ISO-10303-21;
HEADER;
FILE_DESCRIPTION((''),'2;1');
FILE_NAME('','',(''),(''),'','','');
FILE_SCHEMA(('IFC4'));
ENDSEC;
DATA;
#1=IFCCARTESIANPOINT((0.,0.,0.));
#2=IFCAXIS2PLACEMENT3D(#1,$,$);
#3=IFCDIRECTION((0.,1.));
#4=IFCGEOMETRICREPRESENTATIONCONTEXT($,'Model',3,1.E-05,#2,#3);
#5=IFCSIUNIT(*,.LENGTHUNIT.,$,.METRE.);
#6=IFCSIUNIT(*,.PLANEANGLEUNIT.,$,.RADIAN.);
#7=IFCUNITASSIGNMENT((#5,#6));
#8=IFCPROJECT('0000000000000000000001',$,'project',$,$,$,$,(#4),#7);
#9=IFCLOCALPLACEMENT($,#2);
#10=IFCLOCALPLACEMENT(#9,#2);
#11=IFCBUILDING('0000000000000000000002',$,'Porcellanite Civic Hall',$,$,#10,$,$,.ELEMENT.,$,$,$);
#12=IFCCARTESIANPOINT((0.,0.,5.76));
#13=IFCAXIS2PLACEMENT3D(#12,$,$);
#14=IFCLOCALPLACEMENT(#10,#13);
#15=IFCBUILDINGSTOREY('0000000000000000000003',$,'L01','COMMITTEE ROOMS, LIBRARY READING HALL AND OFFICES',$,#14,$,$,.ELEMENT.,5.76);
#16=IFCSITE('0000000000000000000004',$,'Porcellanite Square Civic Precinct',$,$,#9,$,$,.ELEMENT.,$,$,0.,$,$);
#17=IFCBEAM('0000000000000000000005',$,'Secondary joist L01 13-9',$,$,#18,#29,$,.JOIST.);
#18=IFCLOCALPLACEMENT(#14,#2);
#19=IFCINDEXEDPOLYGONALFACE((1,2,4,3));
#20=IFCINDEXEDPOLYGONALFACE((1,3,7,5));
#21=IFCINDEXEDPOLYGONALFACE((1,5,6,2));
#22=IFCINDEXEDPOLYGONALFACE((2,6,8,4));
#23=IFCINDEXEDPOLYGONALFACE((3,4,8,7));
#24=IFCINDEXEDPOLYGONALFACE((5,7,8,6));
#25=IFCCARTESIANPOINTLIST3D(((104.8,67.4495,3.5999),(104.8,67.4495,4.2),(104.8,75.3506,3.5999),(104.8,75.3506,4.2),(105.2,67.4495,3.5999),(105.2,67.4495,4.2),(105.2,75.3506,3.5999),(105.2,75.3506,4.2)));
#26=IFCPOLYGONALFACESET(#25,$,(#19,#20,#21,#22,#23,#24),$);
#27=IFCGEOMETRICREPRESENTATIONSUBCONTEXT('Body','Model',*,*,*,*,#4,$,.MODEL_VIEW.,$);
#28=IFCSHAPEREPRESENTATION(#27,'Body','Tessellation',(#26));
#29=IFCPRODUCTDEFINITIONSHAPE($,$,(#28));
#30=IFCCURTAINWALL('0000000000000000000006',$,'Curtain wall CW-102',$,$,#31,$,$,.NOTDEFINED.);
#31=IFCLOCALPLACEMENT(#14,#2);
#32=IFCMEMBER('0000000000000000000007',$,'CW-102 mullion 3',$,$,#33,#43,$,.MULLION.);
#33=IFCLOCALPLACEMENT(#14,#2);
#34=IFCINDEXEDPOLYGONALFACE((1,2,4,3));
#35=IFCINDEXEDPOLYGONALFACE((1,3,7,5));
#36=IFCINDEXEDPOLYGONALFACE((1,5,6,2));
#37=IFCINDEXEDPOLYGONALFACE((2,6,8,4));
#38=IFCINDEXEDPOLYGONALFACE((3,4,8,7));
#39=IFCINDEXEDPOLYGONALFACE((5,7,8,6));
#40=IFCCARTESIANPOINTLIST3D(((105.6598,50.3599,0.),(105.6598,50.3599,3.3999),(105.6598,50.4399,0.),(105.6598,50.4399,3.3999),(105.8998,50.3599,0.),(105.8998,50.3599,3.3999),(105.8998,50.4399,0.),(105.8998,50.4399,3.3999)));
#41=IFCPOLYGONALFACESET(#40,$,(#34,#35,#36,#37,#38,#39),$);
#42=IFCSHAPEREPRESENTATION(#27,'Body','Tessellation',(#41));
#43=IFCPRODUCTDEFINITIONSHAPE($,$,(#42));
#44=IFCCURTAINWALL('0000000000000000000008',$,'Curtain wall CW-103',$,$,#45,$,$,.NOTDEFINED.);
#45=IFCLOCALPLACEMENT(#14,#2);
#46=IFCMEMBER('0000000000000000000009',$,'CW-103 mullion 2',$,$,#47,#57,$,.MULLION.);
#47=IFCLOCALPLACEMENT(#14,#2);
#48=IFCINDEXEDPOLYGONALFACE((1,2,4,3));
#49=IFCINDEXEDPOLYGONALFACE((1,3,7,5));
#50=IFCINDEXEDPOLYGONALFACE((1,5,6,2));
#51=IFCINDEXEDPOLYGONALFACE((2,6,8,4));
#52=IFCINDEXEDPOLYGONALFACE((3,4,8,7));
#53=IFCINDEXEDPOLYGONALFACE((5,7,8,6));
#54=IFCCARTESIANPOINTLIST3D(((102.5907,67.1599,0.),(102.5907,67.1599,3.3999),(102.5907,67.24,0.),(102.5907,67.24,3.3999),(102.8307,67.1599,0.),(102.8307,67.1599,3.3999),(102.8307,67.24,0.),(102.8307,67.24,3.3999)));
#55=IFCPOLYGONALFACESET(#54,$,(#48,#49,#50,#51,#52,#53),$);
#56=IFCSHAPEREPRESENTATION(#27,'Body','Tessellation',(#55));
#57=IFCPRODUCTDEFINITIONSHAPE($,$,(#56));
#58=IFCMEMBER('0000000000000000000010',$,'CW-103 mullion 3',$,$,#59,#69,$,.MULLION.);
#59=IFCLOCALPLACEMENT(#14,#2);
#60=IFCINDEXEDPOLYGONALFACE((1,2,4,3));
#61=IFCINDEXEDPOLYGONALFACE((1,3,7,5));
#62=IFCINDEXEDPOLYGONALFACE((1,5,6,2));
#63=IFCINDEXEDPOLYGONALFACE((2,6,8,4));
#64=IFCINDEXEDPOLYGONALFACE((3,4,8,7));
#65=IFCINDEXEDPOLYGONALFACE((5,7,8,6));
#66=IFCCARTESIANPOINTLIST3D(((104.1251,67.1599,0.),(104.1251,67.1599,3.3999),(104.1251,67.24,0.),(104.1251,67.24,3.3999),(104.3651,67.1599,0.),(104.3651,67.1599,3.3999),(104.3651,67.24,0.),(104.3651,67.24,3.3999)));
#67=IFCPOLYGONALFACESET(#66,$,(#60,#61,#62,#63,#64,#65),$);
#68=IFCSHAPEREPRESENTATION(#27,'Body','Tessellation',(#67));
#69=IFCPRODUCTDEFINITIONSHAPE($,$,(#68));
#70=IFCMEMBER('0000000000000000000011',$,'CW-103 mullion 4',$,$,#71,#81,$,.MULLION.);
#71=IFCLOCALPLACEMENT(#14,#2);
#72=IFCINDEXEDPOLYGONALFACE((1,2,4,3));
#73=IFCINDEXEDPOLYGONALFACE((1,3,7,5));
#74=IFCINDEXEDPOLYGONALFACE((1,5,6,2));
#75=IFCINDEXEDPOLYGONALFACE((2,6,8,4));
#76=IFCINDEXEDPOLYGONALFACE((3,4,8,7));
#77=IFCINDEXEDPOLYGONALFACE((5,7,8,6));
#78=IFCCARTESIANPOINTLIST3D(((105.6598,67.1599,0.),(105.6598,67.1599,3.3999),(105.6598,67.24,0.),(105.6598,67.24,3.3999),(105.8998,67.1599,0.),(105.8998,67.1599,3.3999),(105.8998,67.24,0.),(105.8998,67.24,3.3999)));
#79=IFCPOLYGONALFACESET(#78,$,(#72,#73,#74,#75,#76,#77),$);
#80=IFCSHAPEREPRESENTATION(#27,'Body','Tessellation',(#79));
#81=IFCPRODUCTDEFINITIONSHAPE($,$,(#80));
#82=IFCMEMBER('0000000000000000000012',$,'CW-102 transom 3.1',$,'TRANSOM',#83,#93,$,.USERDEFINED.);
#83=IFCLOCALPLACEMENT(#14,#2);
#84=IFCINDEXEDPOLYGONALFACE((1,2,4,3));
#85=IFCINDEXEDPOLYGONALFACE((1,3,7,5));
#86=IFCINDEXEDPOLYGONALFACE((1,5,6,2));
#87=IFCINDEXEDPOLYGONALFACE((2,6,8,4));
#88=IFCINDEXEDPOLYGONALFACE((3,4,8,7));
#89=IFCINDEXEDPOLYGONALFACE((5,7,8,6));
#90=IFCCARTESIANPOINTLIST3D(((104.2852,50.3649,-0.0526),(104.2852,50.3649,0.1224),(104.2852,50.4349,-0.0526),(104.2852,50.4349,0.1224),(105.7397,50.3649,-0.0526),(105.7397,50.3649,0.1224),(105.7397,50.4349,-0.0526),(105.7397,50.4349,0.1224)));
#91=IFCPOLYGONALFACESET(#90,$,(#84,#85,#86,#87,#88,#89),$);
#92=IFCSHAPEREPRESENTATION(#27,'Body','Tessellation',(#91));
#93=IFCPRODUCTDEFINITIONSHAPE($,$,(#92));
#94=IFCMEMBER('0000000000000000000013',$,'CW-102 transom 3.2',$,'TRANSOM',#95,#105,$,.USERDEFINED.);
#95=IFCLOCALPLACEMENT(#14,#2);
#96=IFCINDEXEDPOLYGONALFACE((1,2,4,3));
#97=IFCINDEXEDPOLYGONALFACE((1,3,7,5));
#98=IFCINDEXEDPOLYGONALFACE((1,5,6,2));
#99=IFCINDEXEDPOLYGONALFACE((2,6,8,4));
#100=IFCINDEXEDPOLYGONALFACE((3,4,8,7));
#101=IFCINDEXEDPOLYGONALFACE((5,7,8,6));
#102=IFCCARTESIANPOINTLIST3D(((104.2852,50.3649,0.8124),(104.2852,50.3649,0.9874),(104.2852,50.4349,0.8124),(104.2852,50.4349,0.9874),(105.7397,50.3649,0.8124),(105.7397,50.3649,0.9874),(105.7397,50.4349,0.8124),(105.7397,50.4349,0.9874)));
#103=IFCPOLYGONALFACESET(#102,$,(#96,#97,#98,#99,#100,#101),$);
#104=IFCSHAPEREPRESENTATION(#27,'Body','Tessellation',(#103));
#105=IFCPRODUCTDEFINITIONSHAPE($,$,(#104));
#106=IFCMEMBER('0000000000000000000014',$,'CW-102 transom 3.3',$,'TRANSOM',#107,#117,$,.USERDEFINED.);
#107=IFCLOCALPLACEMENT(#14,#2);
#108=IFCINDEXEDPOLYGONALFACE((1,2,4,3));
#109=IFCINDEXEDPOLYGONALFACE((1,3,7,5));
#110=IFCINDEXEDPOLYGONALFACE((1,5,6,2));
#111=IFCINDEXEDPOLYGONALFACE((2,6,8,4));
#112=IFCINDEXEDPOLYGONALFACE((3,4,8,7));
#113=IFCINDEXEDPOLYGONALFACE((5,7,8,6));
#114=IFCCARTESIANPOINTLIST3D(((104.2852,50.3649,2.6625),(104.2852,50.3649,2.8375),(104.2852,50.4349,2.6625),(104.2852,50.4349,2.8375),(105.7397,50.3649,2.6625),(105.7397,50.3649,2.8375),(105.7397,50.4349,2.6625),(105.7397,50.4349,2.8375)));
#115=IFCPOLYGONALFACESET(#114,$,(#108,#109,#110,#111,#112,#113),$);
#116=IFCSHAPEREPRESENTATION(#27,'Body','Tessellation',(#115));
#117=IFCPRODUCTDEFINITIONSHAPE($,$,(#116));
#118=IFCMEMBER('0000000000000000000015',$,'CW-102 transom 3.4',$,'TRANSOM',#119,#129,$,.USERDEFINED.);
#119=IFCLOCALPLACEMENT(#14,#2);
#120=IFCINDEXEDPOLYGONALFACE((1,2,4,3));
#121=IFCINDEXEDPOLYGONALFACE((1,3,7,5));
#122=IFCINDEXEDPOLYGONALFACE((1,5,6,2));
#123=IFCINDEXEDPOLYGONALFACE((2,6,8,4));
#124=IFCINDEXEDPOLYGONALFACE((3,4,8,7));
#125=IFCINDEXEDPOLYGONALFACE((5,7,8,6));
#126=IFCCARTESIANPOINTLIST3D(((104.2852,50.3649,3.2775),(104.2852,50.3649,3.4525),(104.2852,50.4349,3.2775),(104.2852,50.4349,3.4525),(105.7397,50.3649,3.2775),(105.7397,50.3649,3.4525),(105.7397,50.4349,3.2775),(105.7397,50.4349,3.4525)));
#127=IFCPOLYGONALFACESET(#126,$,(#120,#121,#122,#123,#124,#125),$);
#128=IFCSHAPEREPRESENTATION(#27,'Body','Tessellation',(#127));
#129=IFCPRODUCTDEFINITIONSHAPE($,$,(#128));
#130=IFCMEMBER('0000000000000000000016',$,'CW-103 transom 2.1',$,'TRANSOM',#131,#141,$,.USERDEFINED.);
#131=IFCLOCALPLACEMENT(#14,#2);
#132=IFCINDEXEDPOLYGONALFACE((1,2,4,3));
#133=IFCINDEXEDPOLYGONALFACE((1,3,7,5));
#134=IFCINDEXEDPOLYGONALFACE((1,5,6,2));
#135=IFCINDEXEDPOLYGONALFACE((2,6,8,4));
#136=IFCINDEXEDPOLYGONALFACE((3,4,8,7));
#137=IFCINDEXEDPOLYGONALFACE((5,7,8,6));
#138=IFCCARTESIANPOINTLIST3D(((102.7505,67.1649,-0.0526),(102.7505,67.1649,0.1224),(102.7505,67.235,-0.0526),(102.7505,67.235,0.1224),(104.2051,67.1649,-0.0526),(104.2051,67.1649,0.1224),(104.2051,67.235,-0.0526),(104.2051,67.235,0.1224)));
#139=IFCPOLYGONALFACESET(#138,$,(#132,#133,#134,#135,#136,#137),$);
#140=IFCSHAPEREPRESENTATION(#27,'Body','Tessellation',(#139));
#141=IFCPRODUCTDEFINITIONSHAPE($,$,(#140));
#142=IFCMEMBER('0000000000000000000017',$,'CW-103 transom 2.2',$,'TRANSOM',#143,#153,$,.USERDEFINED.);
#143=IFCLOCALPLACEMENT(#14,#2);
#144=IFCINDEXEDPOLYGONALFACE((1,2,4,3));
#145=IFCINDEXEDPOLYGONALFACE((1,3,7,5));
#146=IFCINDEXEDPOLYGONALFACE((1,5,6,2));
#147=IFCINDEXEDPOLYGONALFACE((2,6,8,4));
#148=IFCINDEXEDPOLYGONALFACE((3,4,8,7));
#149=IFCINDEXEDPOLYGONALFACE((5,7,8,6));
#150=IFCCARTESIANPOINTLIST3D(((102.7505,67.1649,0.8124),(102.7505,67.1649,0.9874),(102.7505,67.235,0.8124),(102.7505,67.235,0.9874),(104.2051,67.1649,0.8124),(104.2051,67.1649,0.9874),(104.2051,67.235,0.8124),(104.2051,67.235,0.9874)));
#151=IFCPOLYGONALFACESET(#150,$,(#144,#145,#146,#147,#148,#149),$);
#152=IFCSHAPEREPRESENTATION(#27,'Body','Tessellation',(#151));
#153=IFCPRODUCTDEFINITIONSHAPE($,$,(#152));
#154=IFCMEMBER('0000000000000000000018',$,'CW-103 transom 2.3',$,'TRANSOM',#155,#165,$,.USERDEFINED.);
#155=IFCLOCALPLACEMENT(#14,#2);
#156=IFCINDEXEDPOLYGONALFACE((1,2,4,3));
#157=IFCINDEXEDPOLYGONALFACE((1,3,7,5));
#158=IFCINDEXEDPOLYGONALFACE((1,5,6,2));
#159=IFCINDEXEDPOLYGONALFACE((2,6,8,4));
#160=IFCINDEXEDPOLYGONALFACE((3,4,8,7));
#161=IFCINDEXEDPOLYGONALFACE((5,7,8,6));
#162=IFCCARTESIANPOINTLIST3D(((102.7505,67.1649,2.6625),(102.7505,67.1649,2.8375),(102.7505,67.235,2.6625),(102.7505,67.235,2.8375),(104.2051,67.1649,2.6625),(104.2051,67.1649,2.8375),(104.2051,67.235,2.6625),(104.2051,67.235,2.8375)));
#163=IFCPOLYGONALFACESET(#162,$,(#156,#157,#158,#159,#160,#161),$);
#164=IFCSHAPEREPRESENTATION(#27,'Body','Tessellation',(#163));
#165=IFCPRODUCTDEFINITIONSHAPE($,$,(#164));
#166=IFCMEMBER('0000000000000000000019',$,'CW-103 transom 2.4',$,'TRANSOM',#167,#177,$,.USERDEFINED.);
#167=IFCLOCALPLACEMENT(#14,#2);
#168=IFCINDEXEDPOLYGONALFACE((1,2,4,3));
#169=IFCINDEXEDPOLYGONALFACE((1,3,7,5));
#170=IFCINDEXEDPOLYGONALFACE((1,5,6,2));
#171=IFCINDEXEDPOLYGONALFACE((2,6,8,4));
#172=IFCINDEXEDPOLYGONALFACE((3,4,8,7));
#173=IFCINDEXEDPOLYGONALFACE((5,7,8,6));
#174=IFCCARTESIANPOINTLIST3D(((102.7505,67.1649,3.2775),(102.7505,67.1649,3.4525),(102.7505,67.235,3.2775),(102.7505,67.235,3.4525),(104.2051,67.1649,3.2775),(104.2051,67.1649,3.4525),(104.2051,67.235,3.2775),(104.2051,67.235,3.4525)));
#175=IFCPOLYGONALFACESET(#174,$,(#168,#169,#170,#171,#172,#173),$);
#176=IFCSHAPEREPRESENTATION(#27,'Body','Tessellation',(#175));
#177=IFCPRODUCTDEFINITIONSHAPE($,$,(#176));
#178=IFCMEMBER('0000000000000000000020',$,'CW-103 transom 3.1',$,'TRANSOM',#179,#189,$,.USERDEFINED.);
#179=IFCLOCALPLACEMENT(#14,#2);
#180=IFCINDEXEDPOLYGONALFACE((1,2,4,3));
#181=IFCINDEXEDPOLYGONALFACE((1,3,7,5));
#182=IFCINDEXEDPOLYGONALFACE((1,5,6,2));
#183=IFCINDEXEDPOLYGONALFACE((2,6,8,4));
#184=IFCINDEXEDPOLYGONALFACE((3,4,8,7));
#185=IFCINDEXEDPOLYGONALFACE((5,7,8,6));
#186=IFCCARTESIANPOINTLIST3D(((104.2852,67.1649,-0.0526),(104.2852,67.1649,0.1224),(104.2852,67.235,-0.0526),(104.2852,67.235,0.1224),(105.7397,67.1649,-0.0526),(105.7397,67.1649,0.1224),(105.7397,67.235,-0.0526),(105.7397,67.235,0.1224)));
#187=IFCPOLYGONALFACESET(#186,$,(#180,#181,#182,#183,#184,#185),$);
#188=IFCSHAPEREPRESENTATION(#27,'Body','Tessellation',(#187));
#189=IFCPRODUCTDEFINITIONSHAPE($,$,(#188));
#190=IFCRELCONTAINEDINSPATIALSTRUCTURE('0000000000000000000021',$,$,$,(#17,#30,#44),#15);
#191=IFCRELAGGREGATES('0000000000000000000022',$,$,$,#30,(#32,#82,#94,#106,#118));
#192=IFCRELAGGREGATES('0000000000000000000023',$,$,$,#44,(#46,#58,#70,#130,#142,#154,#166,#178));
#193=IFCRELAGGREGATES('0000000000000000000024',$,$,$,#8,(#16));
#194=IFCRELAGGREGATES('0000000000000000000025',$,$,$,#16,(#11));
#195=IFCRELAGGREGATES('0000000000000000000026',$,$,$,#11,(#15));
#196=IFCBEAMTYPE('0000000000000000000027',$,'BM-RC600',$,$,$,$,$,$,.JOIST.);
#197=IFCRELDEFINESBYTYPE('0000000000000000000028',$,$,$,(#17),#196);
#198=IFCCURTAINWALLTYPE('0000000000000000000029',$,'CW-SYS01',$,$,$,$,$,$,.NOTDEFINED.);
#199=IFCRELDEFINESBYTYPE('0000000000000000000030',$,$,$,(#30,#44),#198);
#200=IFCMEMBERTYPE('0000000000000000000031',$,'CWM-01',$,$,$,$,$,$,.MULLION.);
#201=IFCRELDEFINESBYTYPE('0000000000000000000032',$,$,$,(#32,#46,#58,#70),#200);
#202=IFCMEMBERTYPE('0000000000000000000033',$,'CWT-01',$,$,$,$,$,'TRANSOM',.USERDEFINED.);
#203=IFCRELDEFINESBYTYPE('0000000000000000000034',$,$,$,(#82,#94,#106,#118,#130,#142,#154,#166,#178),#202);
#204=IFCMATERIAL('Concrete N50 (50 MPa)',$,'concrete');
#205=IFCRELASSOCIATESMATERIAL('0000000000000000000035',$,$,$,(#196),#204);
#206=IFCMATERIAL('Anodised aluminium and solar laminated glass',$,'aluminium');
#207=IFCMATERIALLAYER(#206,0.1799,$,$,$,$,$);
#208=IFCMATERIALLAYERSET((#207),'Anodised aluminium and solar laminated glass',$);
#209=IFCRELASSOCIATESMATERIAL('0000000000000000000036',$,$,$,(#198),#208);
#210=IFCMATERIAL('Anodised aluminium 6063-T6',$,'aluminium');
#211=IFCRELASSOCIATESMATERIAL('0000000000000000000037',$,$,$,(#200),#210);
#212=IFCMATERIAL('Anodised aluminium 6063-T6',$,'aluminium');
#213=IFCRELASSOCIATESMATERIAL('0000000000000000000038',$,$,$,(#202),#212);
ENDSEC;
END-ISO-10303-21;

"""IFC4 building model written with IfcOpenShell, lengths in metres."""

from ifc_helpers import new_model, si_unit, direction, frame, origin, origin_2d, place, context, subcontext, project, spatial, rectangle, extrude, material, layer, layer_set, material_profile, profile_set, type_object, element, aggregate, save


model = new_model("IFC4")

# Units and contexts
model_context = context("Model", 3, precision=1e-05, world=origin(), true_north=direction((0.0, 1.0)))
body_context = subcontext(model_context, "Body", "Model", "MODEL_VIEW")
ifc_project = project(units=[si_unit("LENGTHUNIT", "METRE"), si_unit("PLANEANGLEUNIT", "RADIAN")], contexts=[model_context])

# Site, building, storey
site_placement = place(None, origin())
site = spatial("IfcSite", under=ifc_project, at=site_placement, Name="Porcellanite Square Civic Precinct", CompositionType="ELEMENT", RefElevation=0.0)
building_placement = place(site_placement, origin())
building = spatial("IfcBuilding", under=site, at=building_placement, Name="Porcellanite Civic Hall", CompositionType="ELEMENT")
storey_placement = place(building_placement, frame((0.0, 0.0, 5.76)))
storey = spatial("IfcBuildingStorey", under=building, at=storey_placement, Name="L01", Description="COMMITTEE ROOMS, LIBRARY READING HALL AND OFFICES", CompositionType="ELEMENT", Elevation=5.76)

# Beam
ifc_material_1 = material(Name="Concrete N50 (50 MPa)", Category="concrete")
ifc_material_profile_1 = material_profile(ifc_material_1, rectangle(XDim=0.3999, YDim=0.6001, at=origin_2d()), Name="RC-400x600")
ifc_profile_set_1 = profile_set([ifc_material_profile_1], Name="Concrete N50 (50 MPa)")
beam_type_1 = type_object("IfcBeamType", Name="BM-RC600", PredefinedType="JOIST", material=ifc_profile_set_1)
beam_1_placement = place(storey_placement, frame((105.0, 67.4495, 3.8999), z_axis=(0.0, 1.0, 0.0), x_axis=(-1.0, 0.0, 0.0)))
element("IfcBeam", 1, at=beam_1_placement, inside=storey, type_object=beam_type_1, Name="Secondary joist L01 13-9", PredefinedType="JOIST", context=body_context, shape_type="SweptSolid", body=[
    extrude(rectangle(XDim=0.3999, YDim=0.6001, at=origin_2d()), origin(), (0.0, 0.0, 1.0), 7.9011),
])

# Curtain wall, member
ifc_material_2 = material(Name="Anodised aluminium and solar laminated glass", Category="aluminium")
ifc_layer_1 = layer(ifc_material_2, 0.1799)
ifc_layer_set_1 = layer_set([ifc_layer_1], Name="Anodised aluminium and solar laminated glass")
curtain_wall_type = type_object("IfcCurtainWallType", Name="CW-SYS01", PredefinedType="NOTDEFINED", material=ifc_layer_set_1)
curtain_wall_1_placement = place(storey_placement, origin())
curtain_wall_1 = element("IfcCurtainWall", 2, at=curtain_wall_1_placement, inside=storey, type_object=curtain_wall_type, Name="Curtain wall CW-102", PredefinedType="NOTDEFINED")
ifc_material_3 = material(Name="Anodised aluminium 6063-T6", Category="aluminium")
ifc_material_profile_2 = material_profile(ifc_material_3, rectangle(XDim=0.0801, YDim=0.24, at=origin_2d()), Name="AL-80x240")
ifc_profile_set_2 = profile_set([ifc_material_profile_2], Name="Anodised aluminium 6063-T6")
member_type_1 = type_object("IfcMemberType", Name="CWM-01", PredefinedType="MULLION", material=ifc_profile_set_2)
member_1_placement = place(storey_placement, frame((105.7798, 50.3999, 0.0), z_axis=(0.0, 0.0, 1.0), x_axis=(0.0, -1.0, 0.0)))
member_1 = element("IfcMember", 3, at=member_1_placement, type_object=member_type_1, Name="CW-102 mullion 3", PredefinedType="MULLION", context=body_context, shape_type="SweptSolid", body=[
    extrude(rectangle(XDim=0.0801, YDim=0.24, at=origin_2d()), origin(), (0.0, 0.0, 1.0), 3.3999),
])

# Curtain wall, members
curtain_wall_2_placement = place(storey_placement, origin())
curtain_wall_2 = element("IfcCurtainWall", 4, at=curtain_wall_2_placement, inside=storey, type_object=curtain_wall_type, Name="Curtain wall CW-103", PredefinedType="NOTDEFINED")
member_2_placement = place(storey_placement, frame((102.7107, 67.2, 0.0), z_axis=(0.0, 0.0, 1.0), x_axis=(0.0, 1.0, 0.0)))
member_2 = element("IfcMember", 5, at=member_2_placement, type_object=member_type_1, Name="CW-103 mullion 2", PredefinedType="MULLION", context=body_context, shape_type="SweptSolid", body=[
    extrude(rectangle(XDim=0.0801, YDim=0.24, at=origin_2d()), origin(), (0.0, 0.0, 1.0), 3.3999),
])
member_3_placement = place(storey_placement, frame((104.2451, 67.2, 0.0), z_axis=(0.0, 0.0, 1.0), x_axis=(0.0, 1.0, 0.0)))
member_3 = element("IfcMember", 6, at=member_3_placement, type_object=member_type_1, Name="CW-103 mullion 3", PredefinedType="MULLION", context=body_context, shape_type="SweptSolid", body=[
    extrude(rectangle(XDim=0.0801, YDim=0.24, at=origin_2d()), origin(), (0.0, 0.0, 1.0), 3.3999),
])
member_4_placement = place(storey_placement, frame((105.7798, 67.2, 0.0), z_axis=(0.0, 0.0, 1.0), x_axis=(0.0, 1.0, 0.0)))
member_4 = element("IfcMember", 7, at=member_4_placement, type_object=member_type_1, Name="CW-103 mullion 4", PredefinedType="MULLION", context=body_context, shape_type="SweptSolid", body=[
    extrude(rectangle(XDim=0.0801, YDim=0.24, at=origin_2d()), origin(), (0.0, 0.0, 1.0), 3.3999),
])

# Members
ifc_material_4 = material(Name="Anodised aluminium 6063-T6", Category="aluminium")
ifc_material_profile_3 = material_profile(ifc_material_4, rectangle(XDim=0.0701, YDim=0.175, at=origin_2d()), Name="AL-70x175")
ifc_profile_set_3 = profile_set([ifc_material_profile_3], Name="Anodised aluminium 6063-T6")
member_type_2 = type_object("IfcMemberType", Name="CWT-01", ElementType="TRANSOM", PredefinedType="USERDEFINED", material=ifc_profile_set_3)
member_5_placement = place(storey_placement, frame((105.7397, 50.3999, 0.0349), z_axis=(-1.0, 0.0, 0.0), x_axis=(0.0, -1.0, 0.0)))
member_5 = element("IfcMember", 8, at=member_5_placement, type_object=member_type_2, Name="CW-102 transom 3.1", ObjectType="TRANSOM", PredefinedType="USERDEFINED", context=body_context, shape_type="SweptSolid", body=[
    extrude(rectangle(XDim=0.0701, YDim=0.175, at=origin_2d()), origin(), (0.0, 0.0, 1.0), 1.4546),
])
member_6_placement = place(storey_placement, frame((105.7397, 50.3999, 0.8999), z_axis=(-1.0, 0.0, 0.0), x_axis=(0.0, -1.0, 0.0)))
member_6 = element("IfcMember", 9, at=member_6_placement, type_object=member_type_2, Name="CW-102 transom 3.2", ObjectType="TRANSOM", PredefinedType="USERDEFINED", context=body_context, shape_type="SweptSolid", body=[
    extrude(rectangle(XDim=0.0701, YDim=0.175, at=origin_2d()), origin(), (0.0, 0.0, 1.0), 1.4546),
])
member_7_placement = place(storey_placement, frame((105.7397, 50.3999, 2.75), z_axis=(-1.0, 0.0, 0.0), x_axis=(0.0, -1.0, 0.0)))
member_7 = element("IfcMember", 10, at=member_7_placement, type_object=member_type_2, Name="CW-102 transom 3.3", ObjectType="TRANSOM", PredefinedType="USERDEFINED", context=body_context, shape_type="SweptSolid", body=[
    extrude(rectangle(XDim=0.0701, YDim=0.175, at=origin_2d()), origin(), (0.0, 0.0, 1.0), 1.4546),
])
member_8_placement = place(storey_placement, frame((105.7397, 50.3999, 3.365), z_axis=(-1.0, 0.0, 0.0), x_axis=(0.0, -1.0, 0.0)))
member_8 = element("IfcMember", 11, at=member_8_placement, type_object=member_type_2, Name="CW-102 transom 3.4", ObjectType="TRANSOM", PredefinedType="USERDEFINED", context=body_context, shape_type="SweptSolid", body=[
    extrude(rectangle(XDim=0.0701, YDim=0.175, at=origin_2d()), origin(), (0.0, 0.0, 1.0), 1.4546),
])
member_9_placement = place(storey_placement, frame((102.7505, 67.2, 0.0349), z_axis=(1.0, 0.0, 0.0), x_axis=(0.0, 1.0, 0.0)))
member_9 = element("IfcMember", 12, at=member_9_placement, type_object=member_type_2, Name="CW-103 transom 2.1", ObjectType="TRANSOM", PredefinedType="USERDEFINED", context=body_context, shape_type="SweptSolid", body=[
    extrude(rectangle(XDim=0.0701, YDim=0.175, at=origin_2d()), origin(), (0.0, 0.0, 1.0), 1.4546),
])
member_10_placement = place(storey_placement, frame((102.7505, 67.2, 0.8999), z_axis=(1.0, 0.0, 0.0), x_axis=(0.0, 1.0, 0.0)))
member_10 = element("IfcMember", 13, at=member_10_placement, type_object=member_type_2, Name="CW-103 transom 2.2", ObjectType="TRANSOM", PredefinedType="USERDEFINED", context=body_context, shape_type="SweptSolid", body=[
    extrude(rectangle(XDim=0.0701, YDim=0.175, at=origin_2d()), origin(), (0.0, 0.0, 1.0), 1.4546),
])
member_11_placement = place(storey_placement, frame((102.7505, 67.2, 2.75), z_axis=(1.0, 0.0, 0.0), x_axis=(0.0, 1.0, 0.0)))
member_11 = element("IfcMember", 14, at=member_11_placement, type_object=member_type_2, Name="CW-103 transom 2.3", ObjectType="TRANSOM", PredefinedType="USERDEFINED", context=body_context, shape_type="SweptSolid", body=[
    extrude(rectangle(XDim=0.0701, YDim=0.175, at=origin_2d()), origin(), (0.0, 0.0, 1.0), 1.4546),
])
member_12_placement = place(storey_placement, frame((102.7505, 67.2, 3.365), z_axis=(1.0, 0.0, 0.0), x_axis=(0.0, 1.0, 0.0)))
member_12 = element("IfcMember", 15, at=member_12_placement, type_object=member_type_2, Name="CW-103 transom 2.4", ObjectType="TRANSOM", PredefinedType="USERDEFINED", context=body_context, shape_type="SweptSolid", body=[
    extrude(rectangle(XDim=0.0701, YDim=0.175, at=origin_2d()), origin(), (0.0, 0.0, 1.0), 1.4546),
])
member_13_placement = place(storey_placement, frame((104.2852, 67.2, 0.0349), z_axis=(1.0, 0.0, 0.0), x_axis=(0.0, 1.0, 0.0)))
member_13 = element("IfcMember", 16, at=member_13_placement, type_object=member_type_2, Name="CW-103 transom 3.1", ObjectType="TRANSOM", PredefinedType="USERDEFINED", context=body_context, shape_type="SweptSolid", body=[
    extrude(rectangle(XDim=0.0701, YDim=0.175, at=origin_2d()), origin(), (0.0, 0.0, 1.0), 1.4546),
])

aggregate(curtain_wall_1, [member_1, member_5, member_6, member_7, member_8])
aggregate(curtain_wall_2, [member_2, member_3, member_4, member_9, member_10, member_11, member_12, member_13])

save(model, "model.ifc")
